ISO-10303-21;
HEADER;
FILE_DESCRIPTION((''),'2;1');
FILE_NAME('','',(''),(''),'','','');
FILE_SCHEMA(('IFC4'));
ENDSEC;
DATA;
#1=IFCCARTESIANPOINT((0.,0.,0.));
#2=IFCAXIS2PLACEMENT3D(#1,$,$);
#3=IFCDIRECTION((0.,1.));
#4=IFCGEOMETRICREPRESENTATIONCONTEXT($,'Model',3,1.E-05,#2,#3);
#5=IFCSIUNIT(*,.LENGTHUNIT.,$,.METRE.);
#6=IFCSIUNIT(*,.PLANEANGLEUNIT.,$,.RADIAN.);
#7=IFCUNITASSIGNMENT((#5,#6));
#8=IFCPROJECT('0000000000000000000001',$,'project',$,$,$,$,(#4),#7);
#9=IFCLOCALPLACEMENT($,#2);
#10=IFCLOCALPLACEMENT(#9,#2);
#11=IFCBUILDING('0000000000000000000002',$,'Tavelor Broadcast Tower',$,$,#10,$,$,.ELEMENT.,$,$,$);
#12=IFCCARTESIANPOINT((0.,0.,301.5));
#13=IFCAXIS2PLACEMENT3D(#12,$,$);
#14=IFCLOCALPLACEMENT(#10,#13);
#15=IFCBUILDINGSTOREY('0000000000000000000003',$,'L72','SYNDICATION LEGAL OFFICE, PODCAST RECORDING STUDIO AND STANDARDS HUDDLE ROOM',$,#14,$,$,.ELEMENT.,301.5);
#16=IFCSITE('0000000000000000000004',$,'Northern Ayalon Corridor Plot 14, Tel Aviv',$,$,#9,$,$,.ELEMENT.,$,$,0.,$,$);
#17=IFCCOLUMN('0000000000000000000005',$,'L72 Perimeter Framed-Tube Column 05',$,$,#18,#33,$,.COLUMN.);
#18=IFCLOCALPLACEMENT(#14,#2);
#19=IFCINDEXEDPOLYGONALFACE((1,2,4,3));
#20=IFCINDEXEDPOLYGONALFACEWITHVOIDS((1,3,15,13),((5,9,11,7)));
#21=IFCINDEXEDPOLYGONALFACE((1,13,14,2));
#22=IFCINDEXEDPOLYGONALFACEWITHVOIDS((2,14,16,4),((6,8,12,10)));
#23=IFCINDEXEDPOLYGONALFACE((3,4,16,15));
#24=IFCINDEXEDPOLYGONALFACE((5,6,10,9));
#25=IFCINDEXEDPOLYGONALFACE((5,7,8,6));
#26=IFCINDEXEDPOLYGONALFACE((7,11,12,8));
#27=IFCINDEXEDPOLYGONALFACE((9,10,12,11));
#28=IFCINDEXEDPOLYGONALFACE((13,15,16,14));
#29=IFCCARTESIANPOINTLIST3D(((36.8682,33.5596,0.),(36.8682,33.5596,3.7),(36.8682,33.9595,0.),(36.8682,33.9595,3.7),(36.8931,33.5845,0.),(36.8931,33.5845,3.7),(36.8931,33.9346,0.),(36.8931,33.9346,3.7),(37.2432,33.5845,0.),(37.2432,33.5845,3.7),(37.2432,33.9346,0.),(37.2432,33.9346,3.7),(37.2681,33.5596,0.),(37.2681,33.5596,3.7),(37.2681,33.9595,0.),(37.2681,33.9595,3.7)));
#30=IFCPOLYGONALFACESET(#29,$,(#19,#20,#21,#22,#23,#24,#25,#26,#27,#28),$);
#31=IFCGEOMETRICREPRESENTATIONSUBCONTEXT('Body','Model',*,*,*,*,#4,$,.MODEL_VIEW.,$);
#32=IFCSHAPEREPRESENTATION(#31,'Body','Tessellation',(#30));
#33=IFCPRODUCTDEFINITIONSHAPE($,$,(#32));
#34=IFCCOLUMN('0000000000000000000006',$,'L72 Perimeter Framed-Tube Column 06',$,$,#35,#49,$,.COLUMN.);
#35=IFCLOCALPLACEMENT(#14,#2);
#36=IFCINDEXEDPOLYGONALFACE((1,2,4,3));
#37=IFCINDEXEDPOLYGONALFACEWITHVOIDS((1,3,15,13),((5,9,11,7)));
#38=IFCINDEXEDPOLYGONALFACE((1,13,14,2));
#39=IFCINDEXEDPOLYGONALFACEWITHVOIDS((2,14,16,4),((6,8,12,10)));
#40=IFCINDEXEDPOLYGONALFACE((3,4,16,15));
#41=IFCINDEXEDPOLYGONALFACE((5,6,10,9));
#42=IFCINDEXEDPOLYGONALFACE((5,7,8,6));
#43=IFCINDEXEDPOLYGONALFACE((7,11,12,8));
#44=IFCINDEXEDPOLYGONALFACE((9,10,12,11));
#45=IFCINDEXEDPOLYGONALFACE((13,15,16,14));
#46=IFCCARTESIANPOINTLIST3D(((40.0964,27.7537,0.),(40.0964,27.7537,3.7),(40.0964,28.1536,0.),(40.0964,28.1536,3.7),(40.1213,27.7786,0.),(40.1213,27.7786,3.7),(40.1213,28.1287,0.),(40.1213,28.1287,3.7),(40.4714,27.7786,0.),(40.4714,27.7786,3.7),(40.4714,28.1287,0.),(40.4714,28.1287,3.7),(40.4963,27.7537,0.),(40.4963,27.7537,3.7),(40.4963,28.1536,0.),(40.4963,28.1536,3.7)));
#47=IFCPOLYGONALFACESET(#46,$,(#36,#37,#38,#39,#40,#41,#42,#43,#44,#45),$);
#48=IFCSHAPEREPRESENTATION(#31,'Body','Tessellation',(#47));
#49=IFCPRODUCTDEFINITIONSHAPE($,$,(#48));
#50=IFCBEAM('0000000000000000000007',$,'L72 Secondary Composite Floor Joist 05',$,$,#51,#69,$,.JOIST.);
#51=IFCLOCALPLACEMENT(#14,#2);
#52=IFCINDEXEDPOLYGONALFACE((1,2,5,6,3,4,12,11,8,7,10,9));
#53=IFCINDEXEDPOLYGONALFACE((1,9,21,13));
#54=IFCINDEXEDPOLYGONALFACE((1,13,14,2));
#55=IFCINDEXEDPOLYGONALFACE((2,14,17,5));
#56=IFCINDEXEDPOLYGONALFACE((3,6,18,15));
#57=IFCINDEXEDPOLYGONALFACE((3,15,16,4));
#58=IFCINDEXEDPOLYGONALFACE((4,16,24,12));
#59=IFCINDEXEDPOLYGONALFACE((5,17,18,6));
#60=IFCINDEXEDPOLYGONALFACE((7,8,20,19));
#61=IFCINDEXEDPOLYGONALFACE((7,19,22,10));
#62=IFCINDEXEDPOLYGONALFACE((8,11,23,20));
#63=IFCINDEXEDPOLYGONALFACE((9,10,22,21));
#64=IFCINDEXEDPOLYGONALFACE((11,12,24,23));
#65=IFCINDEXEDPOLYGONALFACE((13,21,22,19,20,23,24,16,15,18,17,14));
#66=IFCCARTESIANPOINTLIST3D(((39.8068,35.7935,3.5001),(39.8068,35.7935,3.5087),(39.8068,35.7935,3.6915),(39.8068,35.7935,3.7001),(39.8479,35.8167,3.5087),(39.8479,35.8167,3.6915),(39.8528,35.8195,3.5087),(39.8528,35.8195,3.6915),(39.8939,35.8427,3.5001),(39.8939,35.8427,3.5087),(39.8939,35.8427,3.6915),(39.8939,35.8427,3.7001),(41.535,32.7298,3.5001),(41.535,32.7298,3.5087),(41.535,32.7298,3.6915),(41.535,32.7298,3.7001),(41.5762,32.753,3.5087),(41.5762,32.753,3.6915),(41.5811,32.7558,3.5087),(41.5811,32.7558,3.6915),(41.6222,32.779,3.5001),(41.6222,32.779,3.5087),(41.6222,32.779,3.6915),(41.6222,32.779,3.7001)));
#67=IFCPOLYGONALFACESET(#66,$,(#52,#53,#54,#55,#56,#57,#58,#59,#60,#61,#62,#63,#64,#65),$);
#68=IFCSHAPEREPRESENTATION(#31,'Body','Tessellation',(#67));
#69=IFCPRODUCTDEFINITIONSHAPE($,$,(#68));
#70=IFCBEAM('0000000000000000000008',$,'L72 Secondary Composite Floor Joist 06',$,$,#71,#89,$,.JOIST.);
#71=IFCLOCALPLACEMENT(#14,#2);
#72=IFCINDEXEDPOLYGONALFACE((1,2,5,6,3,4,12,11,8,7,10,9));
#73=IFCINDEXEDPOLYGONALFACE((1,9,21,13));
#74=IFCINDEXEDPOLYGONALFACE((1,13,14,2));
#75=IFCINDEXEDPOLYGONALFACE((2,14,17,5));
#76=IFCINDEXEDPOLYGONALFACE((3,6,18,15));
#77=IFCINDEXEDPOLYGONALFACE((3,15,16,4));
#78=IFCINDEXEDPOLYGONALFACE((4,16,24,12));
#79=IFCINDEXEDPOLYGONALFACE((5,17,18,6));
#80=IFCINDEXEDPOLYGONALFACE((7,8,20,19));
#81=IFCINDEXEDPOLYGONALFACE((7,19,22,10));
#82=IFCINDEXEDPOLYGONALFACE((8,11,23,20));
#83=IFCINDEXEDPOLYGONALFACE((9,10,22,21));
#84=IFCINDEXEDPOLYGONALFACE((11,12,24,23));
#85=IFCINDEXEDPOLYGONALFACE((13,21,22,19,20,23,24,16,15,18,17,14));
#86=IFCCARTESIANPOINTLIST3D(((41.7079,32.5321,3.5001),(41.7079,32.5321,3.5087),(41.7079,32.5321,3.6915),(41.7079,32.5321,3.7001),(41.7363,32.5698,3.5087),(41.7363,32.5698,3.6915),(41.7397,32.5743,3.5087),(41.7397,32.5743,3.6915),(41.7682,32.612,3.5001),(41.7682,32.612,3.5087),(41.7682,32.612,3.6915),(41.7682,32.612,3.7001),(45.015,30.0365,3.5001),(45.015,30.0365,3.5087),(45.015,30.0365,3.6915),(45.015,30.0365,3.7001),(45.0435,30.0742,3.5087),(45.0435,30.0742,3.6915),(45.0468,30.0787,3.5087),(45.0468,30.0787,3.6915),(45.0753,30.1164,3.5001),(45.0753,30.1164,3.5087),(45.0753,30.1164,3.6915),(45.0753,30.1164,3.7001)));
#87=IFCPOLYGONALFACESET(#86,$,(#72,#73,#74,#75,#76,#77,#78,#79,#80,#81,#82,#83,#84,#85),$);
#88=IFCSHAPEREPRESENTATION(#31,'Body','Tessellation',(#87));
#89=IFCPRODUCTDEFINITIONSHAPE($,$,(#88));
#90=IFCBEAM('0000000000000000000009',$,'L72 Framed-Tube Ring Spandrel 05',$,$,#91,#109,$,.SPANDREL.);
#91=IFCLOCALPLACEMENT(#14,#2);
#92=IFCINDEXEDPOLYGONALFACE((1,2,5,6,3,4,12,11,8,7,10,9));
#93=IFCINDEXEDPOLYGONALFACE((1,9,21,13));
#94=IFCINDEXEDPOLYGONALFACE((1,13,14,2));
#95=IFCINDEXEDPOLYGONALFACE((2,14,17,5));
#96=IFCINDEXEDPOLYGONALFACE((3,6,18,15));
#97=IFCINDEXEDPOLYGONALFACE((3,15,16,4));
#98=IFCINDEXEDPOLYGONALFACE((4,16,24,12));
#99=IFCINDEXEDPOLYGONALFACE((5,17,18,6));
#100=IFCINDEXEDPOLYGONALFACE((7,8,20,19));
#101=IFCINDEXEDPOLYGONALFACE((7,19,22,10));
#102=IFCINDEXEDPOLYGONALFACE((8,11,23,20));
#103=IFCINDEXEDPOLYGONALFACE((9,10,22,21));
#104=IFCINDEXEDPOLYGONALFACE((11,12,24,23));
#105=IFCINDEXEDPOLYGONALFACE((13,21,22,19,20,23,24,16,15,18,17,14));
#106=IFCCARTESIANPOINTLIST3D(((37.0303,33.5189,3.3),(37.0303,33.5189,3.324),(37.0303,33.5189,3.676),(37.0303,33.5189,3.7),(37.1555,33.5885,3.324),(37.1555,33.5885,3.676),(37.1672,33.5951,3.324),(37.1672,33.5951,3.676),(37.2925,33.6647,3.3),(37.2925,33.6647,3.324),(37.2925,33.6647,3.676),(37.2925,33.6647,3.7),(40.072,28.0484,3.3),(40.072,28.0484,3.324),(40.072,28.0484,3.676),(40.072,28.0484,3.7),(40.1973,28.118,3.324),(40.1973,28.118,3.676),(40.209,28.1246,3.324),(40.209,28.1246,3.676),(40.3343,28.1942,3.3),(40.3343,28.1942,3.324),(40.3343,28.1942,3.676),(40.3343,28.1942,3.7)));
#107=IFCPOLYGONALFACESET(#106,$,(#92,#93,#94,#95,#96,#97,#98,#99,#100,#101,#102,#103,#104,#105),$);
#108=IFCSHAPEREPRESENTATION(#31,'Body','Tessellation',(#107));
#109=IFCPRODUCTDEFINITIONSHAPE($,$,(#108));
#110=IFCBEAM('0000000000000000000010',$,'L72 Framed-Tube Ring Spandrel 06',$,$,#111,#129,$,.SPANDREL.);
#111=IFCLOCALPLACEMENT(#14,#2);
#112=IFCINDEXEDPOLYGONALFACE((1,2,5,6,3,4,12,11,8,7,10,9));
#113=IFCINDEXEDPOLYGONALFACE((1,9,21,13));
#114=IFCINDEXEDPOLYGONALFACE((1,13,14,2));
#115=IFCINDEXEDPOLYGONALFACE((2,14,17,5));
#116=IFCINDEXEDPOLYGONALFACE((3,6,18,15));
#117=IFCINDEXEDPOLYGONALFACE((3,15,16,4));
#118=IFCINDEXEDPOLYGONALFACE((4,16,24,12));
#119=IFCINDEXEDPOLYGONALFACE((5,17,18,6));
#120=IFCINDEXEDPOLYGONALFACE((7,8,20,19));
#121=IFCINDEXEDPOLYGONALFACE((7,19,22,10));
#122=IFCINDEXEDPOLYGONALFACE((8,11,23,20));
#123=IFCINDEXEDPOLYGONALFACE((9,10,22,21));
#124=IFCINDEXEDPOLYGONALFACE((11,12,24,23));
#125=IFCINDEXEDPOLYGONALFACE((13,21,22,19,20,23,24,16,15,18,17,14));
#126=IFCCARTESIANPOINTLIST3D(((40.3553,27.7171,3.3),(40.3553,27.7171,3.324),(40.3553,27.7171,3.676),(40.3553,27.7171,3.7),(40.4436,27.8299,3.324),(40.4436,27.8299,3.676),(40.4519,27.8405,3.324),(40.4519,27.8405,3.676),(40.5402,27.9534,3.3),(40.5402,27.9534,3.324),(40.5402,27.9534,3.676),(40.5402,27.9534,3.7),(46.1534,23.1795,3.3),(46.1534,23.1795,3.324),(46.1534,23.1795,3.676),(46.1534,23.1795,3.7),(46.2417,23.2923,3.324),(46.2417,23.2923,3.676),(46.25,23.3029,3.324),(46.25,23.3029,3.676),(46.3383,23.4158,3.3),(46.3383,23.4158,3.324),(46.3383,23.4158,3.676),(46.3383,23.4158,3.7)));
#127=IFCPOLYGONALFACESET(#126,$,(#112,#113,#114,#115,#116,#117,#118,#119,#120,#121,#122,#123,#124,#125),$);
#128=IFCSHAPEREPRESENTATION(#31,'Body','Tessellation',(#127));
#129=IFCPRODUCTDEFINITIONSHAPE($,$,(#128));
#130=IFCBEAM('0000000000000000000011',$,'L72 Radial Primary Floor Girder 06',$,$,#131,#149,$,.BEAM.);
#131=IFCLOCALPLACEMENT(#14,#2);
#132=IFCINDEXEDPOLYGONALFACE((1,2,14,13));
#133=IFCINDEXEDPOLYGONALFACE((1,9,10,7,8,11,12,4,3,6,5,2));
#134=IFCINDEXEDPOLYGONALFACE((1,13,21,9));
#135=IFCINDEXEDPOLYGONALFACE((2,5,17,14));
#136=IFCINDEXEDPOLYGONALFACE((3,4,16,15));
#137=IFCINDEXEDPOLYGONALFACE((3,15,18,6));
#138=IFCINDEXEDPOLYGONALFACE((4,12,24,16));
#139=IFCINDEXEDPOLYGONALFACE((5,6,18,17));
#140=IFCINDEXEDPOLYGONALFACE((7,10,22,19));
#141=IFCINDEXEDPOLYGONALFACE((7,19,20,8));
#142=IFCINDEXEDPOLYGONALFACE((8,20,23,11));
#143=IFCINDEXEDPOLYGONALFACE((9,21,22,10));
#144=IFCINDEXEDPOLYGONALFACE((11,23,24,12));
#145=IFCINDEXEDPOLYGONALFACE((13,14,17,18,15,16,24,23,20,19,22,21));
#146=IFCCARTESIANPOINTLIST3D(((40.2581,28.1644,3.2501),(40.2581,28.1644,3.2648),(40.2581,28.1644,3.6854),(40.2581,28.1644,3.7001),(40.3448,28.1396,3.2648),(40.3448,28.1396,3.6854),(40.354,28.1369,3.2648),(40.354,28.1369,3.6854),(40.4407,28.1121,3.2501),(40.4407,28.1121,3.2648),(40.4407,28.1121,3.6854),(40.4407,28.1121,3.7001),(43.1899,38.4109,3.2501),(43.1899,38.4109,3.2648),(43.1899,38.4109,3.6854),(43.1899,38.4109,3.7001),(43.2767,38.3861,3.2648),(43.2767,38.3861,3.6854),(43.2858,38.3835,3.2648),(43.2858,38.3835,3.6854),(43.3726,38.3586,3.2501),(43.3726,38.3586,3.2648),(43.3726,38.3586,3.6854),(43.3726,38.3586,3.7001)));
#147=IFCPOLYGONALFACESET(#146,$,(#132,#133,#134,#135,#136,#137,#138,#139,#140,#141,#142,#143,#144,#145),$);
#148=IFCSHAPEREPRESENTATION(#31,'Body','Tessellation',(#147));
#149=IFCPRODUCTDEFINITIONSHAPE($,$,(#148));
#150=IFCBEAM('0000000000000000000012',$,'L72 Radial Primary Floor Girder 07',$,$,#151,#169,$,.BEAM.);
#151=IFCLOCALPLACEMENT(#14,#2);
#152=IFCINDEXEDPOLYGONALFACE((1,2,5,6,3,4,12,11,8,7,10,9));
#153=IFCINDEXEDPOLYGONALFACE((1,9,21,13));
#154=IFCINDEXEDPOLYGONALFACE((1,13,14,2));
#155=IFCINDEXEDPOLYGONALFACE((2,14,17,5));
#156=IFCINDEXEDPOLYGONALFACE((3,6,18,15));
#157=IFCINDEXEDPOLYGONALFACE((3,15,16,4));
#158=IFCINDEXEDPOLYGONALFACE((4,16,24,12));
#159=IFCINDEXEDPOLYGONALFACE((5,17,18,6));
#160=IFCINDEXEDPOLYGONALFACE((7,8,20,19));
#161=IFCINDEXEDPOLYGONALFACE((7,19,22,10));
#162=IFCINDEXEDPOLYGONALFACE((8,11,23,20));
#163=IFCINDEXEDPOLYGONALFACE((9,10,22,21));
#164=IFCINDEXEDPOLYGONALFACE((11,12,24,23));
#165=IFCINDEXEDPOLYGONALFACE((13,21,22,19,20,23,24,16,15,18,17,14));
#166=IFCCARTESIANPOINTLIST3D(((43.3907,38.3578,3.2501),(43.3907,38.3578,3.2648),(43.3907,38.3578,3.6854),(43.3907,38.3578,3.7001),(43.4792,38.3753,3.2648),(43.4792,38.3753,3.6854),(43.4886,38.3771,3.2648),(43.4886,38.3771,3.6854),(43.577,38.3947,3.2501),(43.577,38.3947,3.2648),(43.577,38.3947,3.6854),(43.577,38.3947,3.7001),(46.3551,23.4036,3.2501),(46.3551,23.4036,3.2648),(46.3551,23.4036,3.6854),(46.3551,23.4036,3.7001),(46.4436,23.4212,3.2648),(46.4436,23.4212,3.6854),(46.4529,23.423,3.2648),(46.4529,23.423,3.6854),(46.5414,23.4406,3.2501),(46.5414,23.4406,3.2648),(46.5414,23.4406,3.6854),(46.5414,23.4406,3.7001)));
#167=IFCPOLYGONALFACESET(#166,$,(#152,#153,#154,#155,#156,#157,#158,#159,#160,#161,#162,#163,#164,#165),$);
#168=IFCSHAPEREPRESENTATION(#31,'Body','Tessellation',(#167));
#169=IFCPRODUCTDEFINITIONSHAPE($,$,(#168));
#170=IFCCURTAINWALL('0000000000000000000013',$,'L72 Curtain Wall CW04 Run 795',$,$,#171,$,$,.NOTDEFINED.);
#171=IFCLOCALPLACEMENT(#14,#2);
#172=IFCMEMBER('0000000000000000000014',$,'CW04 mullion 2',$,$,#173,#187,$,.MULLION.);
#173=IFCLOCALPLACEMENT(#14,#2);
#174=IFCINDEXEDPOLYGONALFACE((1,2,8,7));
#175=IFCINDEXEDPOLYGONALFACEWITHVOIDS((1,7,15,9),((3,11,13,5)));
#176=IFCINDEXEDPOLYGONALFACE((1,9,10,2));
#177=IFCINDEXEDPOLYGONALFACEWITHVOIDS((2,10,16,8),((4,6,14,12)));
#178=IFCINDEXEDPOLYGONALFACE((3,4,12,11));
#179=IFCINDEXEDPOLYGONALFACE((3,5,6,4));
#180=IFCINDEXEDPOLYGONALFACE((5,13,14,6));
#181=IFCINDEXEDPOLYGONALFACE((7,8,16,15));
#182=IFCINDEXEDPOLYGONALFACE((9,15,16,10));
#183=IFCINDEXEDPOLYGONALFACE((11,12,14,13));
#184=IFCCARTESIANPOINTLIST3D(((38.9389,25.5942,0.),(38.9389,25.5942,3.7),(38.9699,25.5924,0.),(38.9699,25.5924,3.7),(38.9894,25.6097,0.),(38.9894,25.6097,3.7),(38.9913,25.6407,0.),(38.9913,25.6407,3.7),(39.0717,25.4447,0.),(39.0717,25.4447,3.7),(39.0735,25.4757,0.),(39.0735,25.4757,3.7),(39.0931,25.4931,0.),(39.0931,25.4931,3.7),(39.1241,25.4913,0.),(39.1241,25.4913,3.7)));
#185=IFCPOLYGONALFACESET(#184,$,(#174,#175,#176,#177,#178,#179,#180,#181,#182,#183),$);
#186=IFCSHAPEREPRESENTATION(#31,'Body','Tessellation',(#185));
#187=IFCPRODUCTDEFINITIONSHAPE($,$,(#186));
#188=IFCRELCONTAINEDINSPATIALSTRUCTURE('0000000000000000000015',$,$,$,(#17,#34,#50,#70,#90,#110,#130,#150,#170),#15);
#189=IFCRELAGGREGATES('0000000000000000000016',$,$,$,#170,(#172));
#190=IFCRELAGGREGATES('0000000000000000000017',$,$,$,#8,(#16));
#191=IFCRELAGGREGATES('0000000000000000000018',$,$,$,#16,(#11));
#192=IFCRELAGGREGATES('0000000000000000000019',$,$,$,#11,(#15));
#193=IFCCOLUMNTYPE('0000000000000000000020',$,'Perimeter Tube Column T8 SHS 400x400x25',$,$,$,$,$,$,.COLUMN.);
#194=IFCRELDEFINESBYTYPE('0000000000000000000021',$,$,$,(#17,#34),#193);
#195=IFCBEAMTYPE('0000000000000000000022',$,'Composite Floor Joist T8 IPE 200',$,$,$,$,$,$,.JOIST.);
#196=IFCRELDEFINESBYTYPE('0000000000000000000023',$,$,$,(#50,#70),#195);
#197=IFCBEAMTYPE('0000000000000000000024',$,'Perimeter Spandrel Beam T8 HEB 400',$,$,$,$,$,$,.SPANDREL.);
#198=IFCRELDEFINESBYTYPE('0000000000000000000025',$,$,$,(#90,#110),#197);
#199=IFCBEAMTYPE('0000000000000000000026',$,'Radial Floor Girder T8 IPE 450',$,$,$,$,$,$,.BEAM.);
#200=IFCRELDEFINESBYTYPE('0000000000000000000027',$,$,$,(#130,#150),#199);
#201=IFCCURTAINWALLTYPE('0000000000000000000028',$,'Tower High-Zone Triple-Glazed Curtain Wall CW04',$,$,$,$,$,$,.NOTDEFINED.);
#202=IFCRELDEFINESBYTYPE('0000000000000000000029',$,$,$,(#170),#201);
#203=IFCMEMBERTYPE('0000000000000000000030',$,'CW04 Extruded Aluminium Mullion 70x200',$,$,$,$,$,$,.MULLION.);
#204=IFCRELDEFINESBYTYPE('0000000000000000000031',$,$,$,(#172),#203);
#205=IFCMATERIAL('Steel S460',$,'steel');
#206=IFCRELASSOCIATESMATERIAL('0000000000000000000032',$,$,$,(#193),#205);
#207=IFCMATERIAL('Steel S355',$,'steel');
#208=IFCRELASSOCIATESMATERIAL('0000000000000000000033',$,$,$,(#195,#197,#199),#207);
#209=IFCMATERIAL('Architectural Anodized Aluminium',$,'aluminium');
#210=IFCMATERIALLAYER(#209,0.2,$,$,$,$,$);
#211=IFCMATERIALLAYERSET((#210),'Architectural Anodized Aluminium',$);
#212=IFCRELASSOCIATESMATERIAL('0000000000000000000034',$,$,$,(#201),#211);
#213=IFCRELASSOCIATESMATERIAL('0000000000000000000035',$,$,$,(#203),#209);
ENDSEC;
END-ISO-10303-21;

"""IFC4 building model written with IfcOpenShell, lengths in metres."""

from ifc_helpers import new_model, si_unit, direction, frame, origin, origin_2d, place, context, subcontext, project, spatial, hollow_rectangle, i_section, extrude, source, transform, mapped, material, layer, layer_set, material_profile, profile_set, type_object, type_shapes, element, aggregate, save


model = new_model("IFC4")

# Units and contexts
model_context = context("Model", 3, precision=1e-05, world=origin(), true_north=direction((0.0, 1.0)))
body_context = subcontext(model_context, "Body", "Model", "MODEL_VIEW")
ifc_project = project(units=[si_unit("LENGTHUNIT", "METRE"), si_unit("PLANEANGLEUNIT", "RADIAN")], contexts=[model_context])

# Site, building, storey
site_placement = place(None, origin())
site = spatial("IfcSite", under=ifc_project, at=site_placement, Name="Northern Ayalon Corridor Plot 14, Tel Aviv", CompositionType="ELEMENT", RefElevation=0.0)
building_placement = place(site_placement, origin())
building = spatial("IfcBuilding", under=site, at=building_placement, Name="Tavelor Broadcast Tower", CompositionType="ELEMENT")
storey_placement = place(building_placement, frame((0.0, 0.0, 301.5)))
storey = spatial("IfcBuildingStorey", under=building, at=storey_placement, Name="L72", Description="SYNDICATION LEGAL OFFICE, PODCAST RECORDING STUDIO AND STANDARDS HUDDLE ROOM", CompositionType="ELEMENT", Elevation=301.5)

# Columns
ifc_material_1 = material(Name="Steel S460", Category="steel")
ifc_material_profile_1 = material_profile(ifc_material_1, hollow_rectangle(XDim=0.3999, YDim=0.3999, WallThickness=0.0249, at=origin_2d()), Name="SHS 400x400x25")
ifc_profile_set_1 = profile_set([ifc_material_profile_1], Name="Steel S460")
column_type = type_object("IfcColumnType", Name="Perimeter Tube Column T8 SHS 400x400x25", PredefinedType="COLUMN", material=ifc_profile_set_1)
for number, where, z_axis, x_axis, name in (
    (1, (37.0681, 33.7595, 0.0), (0.0, 0.0, 1.0), (1.0, 0.0, 0.0), "L72 Perimeter Framed-Tube Column 05"),
    (2, (40.2964, 27.9536, 0.0), (0.0, 0.0, 1.0), (1.0, 0.0, 0.0), "L72 Perimeter Framed-Tube Column 06"),
):
    element("IfcColumn", number, at=place(storey_placement, frame(where, z_axis=z_axis, x_axis=x_axis)), inside=storey, type_object=column_type, Name=name, PredefinedType="COLUMN", context=body_context, shape_type="SweptSolid", body=[
        extrude(hollow_rectangle(XDim=0.3999, YDim=0.3999, WallThickness=0.0249, at=origin_2d()), origin(), (0.0, 0.0, 1.0), 3.7),
    ])

# Beams
ifc_material_2 = material(Name="Steel S355", Category="steel")
ifc_material_profile_2 = material_profile(ifc_material_2, i_section(OverallWidth=0.1001, OverallDepth=0.2, WebThickness=0.0056, FlangeThickness=0.0085, at=origin_2d()), Name="IPE 200")
ifc_profile_set_2 = profile_set([ifc_material_profile_2], Name="Steel S355")
beam_type_1 = type_object("IfcBeamType", Name="Composite Floor Joist T8 IPE 200", PredefinedType="JOIST", material=ifc_profile_set_2)
beam_1_placement = place(storey_placement, frame((39.8503, 35.8181, 3.6001), z_axis=(0.491325, -0.870976, 0.0), x_axis=(0.870976, 0.491325, 0.0)))
element("IfcBeam", 3, at=beam_1_placement, inside=storey, type_object=beam_type_1, Name="L72 Secondary Composite Floor Joist 05", PredefinedType="JOIST", context=body_context, shape_type="SweptSolid", body=[
    extrude(i_section(OverallWidth=0.1001, OverallDepth=0.2, WebThickness=0.0056, FlangeThickness=0.0085, at=origin_2d()), origin(), (0.0, 0.0, 1.0), 3.5176),
])
beam_2_placement = place(storey_placement, frame((41.738, 32.572, 3.6001), z_axis=(0.798229, -0.602354, 0.0), x_axis=(0.602354, 0.798229, 0.0)))
element("IfcBeam", 4, at=beam_2_placement, inside=storey, type_object=beam_type_1, Name="L72 Secondary Composite Floor Joist 06", PredefinedType="JOIST", context=body_context, shape_type="SweptSolid", body=[
    extrude(i_section(OverallWidth=0.1001, OverallDepth=0.2, WebThickness=0.0056, FlangeThickness=0.0085, at=origin_2d()), origin(), (0.0, 0.0, 1.0), 4.1431),
])
ifc_material_profile_3 = material_profile(ifc_material_2, i_section(OverallWidth=0.3, OverallDepth=0.3999, WebThickness=0.0134, FlangeThickness=0.0239, at=origin_2d()), Name="HEB 400")
ifc_profile_set_3 = profile_set([ifc_material_profile_3], Name="Steel S355")
beam_type_2 = type_object("IfcBeamType", Name="Perimeter Spandrel Beam T8 HEB 400", PredefinedType="SPANDREL", material=ifc_profile_set_3)
beam_3_placement = place(storey_placement, frame((37.1614, 33.5918, 3.5), z_axis=(0.485961, -0.873981, 0.0), x_axis=(0.873981, 0.485961, 0.0)))
element("IfcBeam", 5, at=beam_3_placement, inside=storey, type_object=beam_type_2, Name="L72 Framed-Tube Ring Spandrel 05", PredefinedType="SPANDREL", context=body_context, shape_type="SweptSolid", body=[
    extrude(i_section(OverallWidth=0.3, OverallDepth=0.3999, WebThickness=0.0134, FlangeThickness=0.0239, at=origin_2d()), origin(), (0.0, 0.0, 1.0), 6.2593),
])
beam_4_placement = place(storey_placement, frame((40.4478, 27.8352, 3.5), z_axis=(0.787508, -0.616305, 0.0), x_axis=(0.616305, 0.787508, 0.0)))
element("IfcBeam", 6, at=beam_4_placement, inside=storey, type_object=beam_type_2, Name="L72 Framed-Tube Ring Spandrel 06", PredefinedType="SPANDREL", context=body_context, shape_type="SweptSolid", body=[
    extrude(i_section(OverallWidth=0.3, OverallDepth=0.3999, WebThickness=0.0134, FlangeThickness=0.0239, at=origin_2d()), origin(), (0.0, 0.0, 1.0), 7.3625),
])
ifc_material_profile_4 = material_profile(ifc_material_2, i_section(OverallWidth=0.1899, OverallDepth=0.45, WebThickness=0.0095, FlangeThickness=0.0146, at=origin_2d()), Name="IPE 450")
ifc_profile_set_4 = profile_set([ifc_material_profile_4], Name="Steel S355")
beam_type_3 = type_object("IfcBeamType", Name="Radial Floor Girder T8 IPE 450", PredefinedType="BEAM", material=ifc_profile_set_4)
beam_5_placement = place(storey_placement, frame((43.2812, 38.3848, 3.4751), z_axis=(-0.275093, -0.961418, 0.0), x_axis=(0.961418, -0.275093, 0.0)))
element("IfcBeam", 7, at=beam_5_placement, inside=storey, type_object=beam_type_3, Name="L72 Radial Primary Floor Girder 06", PredefinedType="BEAM", context=body_context, shape_type="SweptSolid", body=[
    extrude(i_section(OverallWidth=0.1899, OverallDepth=0.45, WebThickness=0.0095, FlangeThickness=0.0146, at=origin_2d()), origin(), (0.0, 0.0, 1.0), 10.6577),
])
beam_6_placement = place(storey_placement, frame((43.4839, 38.3762, 3.4751), z_axis=(0.194447, -0.980913, 0.0), x_axis=(0.980913, 0.194447, 0.0)))
element("IfcBeam", 8, at=beam_6_placement, inside=storey, type_object=beam_type_3, Name="L72 Radial Primary Floor Girder 07", PredefinedType="BEAM", context=body_context, shape_type="SweptSolid", body=[
    extrude(i_section(OverallWidth=0.1899, OverallDepth=0.45, WebThickness=0.0095, FlangeThickness=0.0146, at=origin_2d()), origin(), (0.0, 0.0, 1.0), 15.2451),
])

# Curtain wall, member
ifc_material_3 = material(Name="Architectural Anodized Aluminium", Category="aluminium")
ifc_layer_1 = layer(ifc_material_3, 0.2)
ifc_layer_set_1 = layer_set([ifc_layer_1], Name="Architectural Anodized Aluminium")
curtain_wall_type = type_object("IfcCurtainWallType", Name="Tower High-Zone Triple-Glazed Curtain Wall CW04", PredefinedType="NOTDEFINED", material=ifc_layer_set_1)
curtain_wall_1_placement = place(storey_placement, origin())
curtain_wall_1 = element("IfcCurtainWall", 9, at=curtain_wall_1_placement, inside=storey, type_object=curtain_wall_type, Name="L72 Curtain Wall CW04 Run 795", PredefinedType="NOTDEFINED")
ifc_material_profile_5 = material_profile(ifc_material_3, hollow_rectangle(XDim=0.0701, YDim=0.2, WallThickness=0.022, at=origin_2d()), Name="RHS 70x200x22")
ifc_profile_set_5 = profile_set([ifc_material_profile_5], Name="Architectural Anodized Aluminium")
member_type_1 = type_object("IfcMemberType", Name="CW04 Extruded Aluminium Mullion 70x200", PredefinedType="MULLION", material=ifc_profile_set_5)
shared_shape_1 = source(origin(), body_context, "Body", "SweptSolid", [
    extrude(hollow_rectangle(XDim=0.0701, YDim=0.2, WallThickness=0.022, at=origin_2d()), origin(), (0.0, 0.0, 1.0), 3.7),
])
type_shapes(member_type_1, [shared_shape_1])
member_1_placement = place(storey_placement, frame((39.0315, 25.5427, 0.0), z_axis=(0.0, 0.0, 1.0), x_axis=(0.747507, 0.664254, 0.0)))
member_1 = element("IfcMember", 10, at=member_1_placement, type_object=member_type_1, Name="CW04 mullion 2", PredefinedType="MULLION", context=body_context, shape_type="MappedRepresentation", body=[
    mapped(shared_shape_1, transform((0.0, 0.0, 0.0), scale=1.0)),
])
aggregate(curtain_wall_1, [member_1])

save(model, "model.ifc")
